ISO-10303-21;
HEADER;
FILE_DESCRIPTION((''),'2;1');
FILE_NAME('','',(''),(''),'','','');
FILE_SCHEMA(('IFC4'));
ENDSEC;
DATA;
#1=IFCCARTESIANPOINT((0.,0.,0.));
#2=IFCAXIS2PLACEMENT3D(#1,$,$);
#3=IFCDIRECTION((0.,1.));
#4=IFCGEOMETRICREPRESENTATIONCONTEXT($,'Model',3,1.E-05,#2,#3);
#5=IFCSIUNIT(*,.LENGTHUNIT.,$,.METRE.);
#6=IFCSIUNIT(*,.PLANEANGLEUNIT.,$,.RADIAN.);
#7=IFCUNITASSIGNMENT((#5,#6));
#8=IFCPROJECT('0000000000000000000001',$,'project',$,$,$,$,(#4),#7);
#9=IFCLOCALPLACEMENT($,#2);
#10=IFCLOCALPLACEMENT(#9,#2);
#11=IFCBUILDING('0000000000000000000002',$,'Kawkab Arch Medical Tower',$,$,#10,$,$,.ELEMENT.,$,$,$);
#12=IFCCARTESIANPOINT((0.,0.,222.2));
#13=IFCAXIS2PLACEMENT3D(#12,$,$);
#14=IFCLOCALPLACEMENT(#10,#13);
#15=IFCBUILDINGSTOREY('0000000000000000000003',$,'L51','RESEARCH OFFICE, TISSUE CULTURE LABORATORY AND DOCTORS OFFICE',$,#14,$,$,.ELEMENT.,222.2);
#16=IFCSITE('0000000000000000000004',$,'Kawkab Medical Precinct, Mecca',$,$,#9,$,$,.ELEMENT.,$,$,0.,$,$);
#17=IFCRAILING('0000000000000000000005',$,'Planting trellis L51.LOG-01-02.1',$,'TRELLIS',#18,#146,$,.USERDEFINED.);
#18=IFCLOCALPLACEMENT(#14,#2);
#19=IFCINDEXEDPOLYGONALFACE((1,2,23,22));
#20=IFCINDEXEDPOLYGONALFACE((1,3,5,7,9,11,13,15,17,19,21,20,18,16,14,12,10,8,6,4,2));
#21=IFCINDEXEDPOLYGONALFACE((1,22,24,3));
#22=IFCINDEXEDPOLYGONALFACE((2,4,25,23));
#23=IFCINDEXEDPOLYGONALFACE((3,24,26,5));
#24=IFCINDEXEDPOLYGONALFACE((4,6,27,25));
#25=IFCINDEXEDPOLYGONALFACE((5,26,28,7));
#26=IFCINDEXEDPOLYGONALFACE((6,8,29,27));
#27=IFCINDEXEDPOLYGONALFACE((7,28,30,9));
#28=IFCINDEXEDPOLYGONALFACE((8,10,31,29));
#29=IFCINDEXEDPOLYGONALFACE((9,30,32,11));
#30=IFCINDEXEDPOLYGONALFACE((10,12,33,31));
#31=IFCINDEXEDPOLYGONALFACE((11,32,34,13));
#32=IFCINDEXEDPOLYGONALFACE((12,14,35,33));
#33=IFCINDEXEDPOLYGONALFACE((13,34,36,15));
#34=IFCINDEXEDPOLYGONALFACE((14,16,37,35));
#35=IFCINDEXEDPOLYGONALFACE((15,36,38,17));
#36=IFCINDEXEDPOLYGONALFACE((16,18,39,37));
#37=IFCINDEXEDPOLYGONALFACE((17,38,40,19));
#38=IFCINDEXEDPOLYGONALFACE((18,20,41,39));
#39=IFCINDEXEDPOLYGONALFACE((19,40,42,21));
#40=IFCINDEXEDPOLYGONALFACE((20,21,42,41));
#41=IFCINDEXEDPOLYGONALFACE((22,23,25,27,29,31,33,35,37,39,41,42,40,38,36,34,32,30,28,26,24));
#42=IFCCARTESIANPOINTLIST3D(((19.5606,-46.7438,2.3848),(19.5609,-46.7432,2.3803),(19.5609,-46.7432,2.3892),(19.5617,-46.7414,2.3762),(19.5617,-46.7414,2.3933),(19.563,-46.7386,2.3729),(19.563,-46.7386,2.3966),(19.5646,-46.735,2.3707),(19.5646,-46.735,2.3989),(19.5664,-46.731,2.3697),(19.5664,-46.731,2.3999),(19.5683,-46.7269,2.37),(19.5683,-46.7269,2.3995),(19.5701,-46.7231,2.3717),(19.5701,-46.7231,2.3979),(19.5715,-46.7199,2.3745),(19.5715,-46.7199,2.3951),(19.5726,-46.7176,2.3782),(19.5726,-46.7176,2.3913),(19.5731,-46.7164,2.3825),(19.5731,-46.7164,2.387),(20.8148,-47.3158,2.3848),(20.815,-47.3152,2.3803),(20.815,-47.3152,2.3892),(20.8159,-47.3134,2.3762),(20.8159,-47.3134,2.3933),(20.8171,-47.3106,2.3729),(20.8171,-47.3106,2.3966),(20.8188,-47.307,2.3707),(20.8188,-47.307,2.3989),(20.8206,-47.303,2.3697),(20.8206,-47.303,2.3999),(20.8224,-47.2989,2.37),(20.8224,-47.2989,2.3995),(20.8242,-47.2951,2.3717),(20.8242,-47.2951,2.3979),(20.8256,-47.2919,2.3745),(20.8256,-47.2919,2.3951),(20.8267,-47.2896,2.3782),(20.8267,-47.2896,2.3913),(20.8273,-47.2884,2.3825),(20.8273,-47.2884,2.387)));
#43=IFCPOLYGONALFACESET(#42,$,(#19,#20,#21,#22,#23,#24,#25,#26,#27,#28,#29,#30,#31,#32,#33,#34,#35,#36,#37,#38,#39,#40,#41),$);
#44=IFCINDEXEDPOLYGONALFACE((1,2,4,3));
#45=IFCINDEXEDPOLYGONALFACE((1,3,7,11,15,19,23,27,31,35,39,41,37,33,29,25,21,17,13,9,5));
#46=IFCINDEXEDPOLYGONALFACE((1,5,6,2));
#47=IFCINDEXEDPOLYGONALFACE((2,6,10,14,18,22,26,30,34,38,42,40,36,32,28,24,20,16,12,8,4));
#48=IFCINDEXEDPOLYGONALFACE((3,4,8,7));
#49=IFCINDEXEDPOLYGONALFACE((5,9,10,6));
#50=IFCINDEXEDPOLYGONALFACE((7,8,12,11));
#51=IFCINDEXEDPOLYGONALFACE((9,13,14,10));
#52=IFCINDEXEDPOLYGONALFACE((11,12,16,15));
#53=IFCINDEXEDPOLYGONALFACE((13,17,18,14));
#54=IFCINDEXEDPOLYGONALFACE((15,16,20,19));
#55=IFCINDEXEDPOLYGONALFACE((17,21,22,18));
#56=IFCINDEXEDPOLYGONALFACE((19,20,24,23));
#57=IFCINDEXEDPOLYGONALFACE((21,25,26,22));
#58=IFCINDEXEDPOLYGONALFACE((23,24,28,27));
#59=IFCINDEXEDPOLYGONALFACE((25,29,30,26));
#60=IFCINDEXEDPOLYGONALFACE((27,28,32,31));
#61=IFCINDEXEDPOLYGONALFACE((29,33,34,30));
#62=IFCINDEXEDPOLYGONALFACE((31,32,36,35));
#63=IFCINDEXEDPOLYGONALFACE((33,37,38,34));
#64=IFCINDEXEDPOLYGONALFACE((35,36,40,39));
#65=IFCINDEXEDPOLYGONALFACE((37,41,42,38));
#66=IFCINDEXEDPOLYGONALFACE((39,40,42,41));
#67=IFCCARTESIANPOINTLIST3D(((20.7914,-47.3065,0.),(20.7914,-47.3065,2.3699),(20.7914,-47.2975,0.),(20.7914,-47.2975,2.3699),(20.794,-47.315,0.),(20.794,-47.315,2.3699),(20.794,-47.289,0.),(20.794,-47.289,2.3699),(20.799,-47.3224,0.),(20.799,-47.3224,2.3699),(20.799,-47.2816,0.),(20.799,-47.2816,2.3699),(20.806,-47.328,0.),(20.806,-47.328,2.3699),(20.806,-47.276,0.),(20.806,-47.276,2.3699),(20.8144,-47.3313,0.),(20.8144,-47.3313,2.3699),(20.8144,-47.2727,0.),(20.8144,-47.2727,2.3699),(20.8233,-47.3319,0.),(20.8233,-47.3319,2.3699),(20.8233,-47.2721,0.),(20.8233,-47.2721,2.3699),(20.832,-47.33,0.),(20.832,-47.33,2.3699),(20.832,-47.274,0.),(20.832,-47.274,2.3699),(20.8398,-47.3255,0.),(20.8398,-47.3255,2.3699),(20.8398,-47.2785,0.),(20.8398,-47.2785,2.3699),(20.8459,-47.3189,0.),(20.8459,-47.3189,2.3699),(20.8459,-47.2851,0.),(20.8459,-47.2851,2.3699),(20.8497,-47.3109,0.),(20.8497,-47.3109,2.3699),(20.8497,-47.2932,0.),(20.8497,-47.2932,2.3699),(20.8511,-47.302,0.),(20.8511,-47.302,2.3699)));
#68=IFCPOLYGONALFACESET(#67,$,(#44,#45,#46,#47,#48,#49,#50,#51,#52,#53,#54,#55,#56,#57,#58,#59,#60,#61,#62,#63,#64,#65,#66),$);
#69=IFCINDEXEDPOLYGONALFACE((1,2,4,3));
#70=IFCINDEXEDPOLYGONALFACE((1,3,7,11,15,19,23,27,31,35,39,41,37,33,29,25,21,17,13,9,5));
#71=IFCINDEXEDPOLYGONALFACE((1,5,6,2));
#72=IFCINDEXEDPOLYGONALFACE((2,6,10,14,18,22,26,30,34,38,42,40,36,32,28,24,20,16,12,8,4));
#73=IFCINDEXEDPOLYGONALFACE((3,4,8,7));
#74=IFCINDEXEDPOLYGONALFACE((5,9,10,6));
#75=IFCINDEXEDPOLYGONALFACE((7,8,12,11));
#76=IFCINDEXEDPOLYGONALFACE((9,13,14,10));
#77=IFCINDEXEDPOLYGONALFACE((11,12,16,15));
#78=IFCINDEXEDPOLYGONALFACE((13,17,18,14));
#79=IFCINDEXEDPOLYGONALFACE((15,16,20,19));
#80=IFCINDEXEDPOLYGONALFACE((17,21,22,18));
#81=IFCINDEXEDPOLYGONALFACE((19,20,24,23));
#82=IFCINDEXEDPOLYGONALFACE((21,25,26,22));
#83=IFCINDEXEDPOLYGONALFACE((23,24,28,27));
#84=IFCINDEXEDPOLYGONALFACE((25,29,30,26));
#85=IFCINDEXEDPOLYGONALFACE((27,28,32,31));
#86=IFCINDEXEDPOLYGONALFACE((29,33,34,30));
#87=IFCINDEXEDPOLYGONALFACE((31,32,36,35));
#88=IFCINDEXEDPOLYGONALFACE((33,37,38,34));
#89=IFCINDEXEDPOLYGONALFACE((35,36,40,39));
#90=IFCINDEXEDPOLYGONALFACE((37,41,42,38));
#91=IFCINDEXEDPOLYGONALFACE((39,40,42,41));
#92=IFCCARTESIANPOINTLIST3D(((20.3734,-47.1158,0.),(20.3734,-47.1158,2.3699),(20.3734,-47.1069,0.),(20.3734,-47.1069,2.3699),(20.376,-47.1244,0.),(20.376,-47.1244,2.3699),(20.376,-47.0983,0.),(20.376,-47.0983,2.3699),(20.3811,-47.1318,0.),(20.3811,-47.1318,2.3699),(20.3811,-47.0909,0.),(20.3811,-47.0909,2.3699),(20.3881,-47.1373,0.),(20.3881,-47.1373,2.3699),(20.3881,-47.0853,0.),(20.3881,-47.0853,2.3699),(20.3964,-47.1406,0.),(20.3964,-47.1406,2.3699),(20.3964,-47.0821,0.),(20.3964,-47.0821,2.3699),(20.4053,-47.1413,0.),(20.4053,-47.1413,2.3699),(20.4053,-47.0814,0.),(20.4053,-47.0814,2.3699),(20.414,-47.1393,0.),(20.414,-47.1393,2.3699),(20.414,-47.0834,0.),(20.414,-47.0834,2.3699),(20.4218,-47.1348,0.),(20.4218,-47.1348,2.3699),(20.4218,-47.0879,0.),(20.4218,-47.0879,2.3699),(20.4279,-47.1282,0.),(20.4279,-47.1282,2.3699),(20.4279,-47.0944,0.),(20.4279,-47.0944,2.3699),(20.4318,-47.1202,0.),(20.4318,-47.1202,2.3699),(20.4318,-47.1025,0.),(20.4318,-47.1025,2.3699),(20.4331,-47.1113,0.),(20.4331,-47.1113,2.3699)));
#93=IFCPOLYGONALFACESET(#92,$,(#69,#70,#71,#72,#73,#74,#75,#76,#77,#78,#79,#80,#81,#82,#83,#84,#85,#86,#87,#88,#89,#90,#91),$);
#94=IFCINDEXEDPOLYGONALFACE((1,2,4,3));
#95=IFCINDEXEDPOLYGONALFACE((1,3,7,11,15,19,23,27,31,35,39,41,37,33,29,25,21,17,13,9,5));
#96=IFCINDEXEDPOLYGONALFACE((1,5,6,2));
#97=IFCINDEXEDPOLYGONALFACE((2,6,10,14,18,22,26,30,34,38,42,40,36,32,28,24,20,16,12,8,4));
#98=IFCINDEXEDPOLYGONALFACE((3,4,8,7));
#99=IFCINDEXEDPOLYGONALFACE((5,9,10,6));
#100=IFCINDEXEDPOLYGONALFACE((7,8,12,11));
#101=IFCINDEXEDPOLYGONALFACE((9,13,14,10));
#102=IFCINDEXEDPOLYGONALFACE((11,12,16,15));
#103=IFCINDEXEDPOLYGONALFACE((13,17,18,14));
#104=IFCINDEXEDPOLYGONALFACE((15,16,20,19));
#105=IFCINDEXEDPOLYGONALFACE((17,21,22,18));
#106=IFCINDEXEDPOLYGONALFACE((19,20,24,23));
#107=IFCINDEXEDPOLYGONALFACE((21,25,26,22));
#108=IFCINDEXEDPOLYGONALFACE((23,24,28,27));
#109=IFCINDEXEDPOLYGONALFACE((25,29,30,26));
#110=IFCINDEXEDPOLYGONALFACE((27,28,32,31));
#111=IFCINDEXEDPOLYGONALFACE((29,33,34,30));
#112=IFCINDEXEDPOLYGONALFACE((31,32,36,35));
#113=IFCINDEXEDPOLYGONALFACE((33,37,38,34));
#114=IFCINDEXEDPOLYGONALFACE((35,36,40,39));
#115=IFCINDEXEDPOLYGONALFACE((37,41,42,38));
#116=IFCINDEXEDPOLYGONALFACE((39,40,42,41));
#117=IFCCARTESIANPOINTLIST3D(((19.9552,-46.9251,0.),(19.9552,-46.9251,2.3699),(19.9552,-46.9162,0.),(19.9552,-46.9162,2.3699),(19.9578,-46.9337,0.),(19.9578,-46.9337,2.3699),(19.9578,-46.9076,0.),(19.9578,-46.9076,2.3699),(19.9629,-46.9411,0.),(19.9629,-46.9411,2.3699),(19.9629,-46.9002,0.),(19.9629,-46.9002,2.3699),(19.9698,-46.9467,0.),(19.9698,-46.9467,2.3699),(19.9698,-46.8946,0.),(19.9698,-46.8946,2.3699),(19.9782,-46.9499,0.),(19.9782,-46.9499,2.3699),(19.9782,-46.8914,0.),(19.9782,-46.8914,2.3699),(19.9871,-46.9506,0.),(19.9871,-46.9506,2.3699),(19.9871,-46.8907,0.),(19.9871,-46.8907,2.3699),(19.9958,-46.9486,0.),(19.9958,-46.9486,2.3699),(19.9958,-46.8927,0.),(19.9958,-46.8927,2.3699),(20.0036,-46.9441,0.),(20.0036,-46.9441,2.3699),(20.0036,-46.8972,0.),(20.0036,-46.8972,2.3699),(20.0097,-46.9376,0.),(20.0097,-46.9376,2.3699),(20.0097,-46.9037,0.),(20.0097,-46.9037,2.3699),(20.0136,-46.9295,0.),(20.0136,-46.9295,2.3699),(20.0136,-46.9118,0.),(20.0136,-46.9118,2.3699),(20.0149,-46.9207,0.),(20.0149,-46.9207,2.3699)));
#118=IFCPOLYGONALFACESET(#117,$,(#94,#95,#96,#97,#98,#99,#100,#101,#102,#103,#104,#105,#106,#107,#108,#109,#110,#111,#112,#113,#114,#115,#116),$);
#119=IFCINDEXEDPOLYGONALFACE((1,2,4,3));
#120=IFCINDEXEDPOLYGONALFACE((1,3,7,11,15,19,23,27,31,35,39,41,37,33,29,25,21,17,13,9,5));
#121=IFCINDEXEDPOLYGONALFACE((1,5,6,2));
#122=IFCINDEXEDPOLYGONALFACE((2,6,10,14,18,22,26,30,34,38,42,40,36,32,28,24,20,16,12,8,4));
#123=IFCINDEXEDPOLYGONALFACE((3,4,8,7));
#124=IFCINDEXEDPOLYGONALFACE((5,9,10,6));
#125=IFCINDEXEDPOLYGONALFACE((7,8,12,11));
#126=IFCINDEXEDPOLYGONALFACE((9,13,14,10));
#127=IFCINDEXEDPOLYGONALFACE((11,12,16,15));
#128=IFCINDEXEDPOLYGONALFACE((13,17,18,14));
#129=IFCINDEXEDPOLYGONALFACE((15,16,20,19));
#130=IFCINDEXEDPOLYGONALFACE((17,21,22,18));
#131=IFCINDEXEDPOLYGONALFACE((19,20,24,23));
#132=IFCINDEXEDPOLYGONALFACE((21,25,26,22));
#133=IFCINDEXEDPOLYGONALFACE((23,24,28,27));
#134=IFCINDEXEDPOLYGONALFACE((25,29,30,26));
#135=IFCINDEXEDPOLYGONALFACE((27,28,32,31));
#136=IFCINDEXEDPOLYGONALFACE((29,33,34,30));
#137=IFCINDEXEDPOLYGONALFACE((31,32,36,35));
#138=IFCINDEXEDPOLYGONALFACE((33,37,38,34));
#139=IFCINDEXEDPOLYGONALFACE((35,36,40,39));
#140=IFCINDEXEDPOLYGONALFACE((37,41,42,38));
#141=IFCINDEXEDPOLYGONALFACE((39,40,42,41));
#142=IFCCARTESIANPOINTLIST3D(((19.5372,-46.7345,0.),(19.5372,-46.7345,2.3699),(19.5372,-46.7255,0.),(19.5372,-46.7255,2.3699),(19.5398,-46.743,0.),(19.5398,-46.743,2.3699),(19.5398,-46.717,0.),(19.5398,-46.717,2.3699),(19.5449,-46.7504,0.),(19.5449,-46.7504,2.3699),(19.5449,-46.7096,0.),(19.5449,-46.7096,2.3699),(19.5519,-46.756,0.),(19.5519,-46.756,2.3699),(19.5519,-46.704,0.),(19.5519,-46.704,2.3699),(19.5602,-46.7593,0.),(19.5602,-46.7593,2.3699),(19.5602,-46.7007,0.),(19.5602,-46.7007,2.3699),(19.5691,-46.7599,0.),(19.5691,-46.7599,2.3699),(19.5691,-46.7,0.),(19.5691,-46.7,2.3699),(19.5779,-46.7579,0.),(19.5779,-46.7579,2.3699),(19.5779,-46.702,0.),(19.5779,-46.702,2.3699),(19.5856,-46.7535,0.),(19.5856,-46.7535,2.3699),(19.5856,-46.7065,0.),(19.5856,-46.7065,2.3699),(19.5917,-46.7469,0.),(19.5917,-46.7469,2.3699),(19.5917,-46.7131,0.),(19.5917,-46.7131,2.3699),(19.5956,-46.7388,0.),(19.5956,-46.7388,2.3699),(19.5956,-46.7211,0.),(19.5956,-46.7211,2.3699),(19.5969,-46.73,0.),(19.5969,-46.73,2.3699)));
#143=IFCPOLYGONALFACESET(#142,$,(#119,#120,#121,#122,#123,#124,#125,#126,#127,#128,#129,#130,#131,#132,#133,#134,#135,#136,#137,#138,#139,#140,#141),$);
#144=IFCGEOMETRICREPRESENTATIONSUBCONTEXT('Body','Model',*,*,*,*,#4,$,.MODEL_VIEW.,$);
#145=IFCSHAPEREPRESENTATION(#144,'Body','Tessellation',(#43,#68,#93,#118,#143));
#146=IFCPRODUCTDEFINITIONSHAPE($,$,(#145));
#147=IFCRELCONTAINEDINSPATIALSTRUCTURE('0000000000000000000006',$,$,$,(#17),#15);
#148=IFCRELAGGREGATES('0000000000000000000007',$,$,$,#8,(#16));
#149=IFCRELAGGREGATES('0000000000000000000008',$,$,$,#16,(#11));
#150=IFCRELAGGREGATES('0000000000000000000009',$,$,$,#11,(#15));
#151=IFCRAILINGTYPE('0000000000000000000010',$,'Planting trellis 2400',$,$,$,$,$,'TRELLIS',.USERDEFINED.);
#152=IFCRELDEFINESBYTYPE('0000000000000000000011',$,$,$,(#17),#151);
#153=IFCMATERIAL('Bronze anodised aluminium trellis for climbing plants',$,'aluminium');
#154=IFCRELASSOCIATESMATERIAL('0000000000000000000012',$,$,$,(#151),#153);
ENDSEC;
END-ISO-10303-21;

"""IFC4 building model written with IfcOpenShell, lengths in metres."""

from ifc_helpers import new_model, si_unit, direction, frame, origin, origin_2d, place, context, subcontext, project, spatial, circle, extrude, material, type_object, element, save


model = new_model("IFC4")

# Units and contexts
model_context = context("Model", 3, precision=1e-05, world=origin(), true_north=direction((0.0, 1.0)))
body_context = subcontext(model_context, "Body", "Model", "MODEL_VIEW")
ifc_project = project(units=[si_unit("LENGTHUNIT", "METRE"), si_unit("PLANEANGLEUNIT", "RADIAN")], contexts=[model_context])

# Site, building, storey
site_placement = place(None, origin())
site = spatial("IfcSite", under=ifc_project, at=site_placement, Name="Kawkab Medical Precinct, Mecca", CompositionType="ELEMENT", RefElevation=0.0)
building_placement = place(site_placement, origin())
building = spatial("IfcBuilding", under=site, at=building_placement, Name="Kawkab Arch Medical Tower", CompositionType="ELEMENT")
storey_placement = place(building_placement, frame((0.0, 0.0, 222.2)))
storey = spatial("IfcBuildingStorey", under=building, at=storey_placement, Name="L51", Description="RESEARCH OFFICE, TISSUE CULTURE LABORATORY AND DOCTORS OFFICE", CompositionType="ELEMENT", Elevation=222.2)

# Railing
ifc_material_1 = material(Name="Bronze anodised aluminium trellis for climbing plants", Category="aluminium")
railing_type_1 = type_object("IfcRailingType", Name="Planting trellis 2400", ElementType="TRELLIS", PredefinedType="USERDEFINED", material=ifc_material_1)
railing_1_placement = place(storey_placement, frame((20.821, -47.302, 0.0)))
element("IfcRailing", 1, at=railing_1_placement, inside=storey, type_object=railing_type_1, Name="Planting trellis L51.LOG-01-02.1", ObjectType="TRELLIS", PredefinedType="USERDEFINED", context=body_context, shape_type="SweptSolid", body=[
    extrude(circle(Radius=0.0151, at=origin_2d()), frame((0.0, 0.0, 2.3848), z_axis=(-0.909832, 0.414977, 0.0), x_axis=(-0.414977, -0.909832, 0.0)), (0.0, 0.0, 1.0), 1.3784),
    extrude(circle(Radius=0.03, at=origin_2d()), origin(), (0.0, 0.0, 1.0), 2.3699),
    extrude(circle(Radius=0.03, at=origin_2d()), frame((-0.418, 0.1907, 0.0)), (0.0, 0.0, 1.0), 2.3699),
    extrude(circle(Radius=0.03, at=origin_2d()), frame((-0.8362, 0.3813, 0.0)), (0.0, 0.0, 1.0), 2.3699),
    extrude(circle(Radius=0.03, at=origin_2d()), frame((-1.2542, 0.572, 0.0)), (0.0, 0.0, 1.0), 2.3699),
])

save(model, "model.ifc")
